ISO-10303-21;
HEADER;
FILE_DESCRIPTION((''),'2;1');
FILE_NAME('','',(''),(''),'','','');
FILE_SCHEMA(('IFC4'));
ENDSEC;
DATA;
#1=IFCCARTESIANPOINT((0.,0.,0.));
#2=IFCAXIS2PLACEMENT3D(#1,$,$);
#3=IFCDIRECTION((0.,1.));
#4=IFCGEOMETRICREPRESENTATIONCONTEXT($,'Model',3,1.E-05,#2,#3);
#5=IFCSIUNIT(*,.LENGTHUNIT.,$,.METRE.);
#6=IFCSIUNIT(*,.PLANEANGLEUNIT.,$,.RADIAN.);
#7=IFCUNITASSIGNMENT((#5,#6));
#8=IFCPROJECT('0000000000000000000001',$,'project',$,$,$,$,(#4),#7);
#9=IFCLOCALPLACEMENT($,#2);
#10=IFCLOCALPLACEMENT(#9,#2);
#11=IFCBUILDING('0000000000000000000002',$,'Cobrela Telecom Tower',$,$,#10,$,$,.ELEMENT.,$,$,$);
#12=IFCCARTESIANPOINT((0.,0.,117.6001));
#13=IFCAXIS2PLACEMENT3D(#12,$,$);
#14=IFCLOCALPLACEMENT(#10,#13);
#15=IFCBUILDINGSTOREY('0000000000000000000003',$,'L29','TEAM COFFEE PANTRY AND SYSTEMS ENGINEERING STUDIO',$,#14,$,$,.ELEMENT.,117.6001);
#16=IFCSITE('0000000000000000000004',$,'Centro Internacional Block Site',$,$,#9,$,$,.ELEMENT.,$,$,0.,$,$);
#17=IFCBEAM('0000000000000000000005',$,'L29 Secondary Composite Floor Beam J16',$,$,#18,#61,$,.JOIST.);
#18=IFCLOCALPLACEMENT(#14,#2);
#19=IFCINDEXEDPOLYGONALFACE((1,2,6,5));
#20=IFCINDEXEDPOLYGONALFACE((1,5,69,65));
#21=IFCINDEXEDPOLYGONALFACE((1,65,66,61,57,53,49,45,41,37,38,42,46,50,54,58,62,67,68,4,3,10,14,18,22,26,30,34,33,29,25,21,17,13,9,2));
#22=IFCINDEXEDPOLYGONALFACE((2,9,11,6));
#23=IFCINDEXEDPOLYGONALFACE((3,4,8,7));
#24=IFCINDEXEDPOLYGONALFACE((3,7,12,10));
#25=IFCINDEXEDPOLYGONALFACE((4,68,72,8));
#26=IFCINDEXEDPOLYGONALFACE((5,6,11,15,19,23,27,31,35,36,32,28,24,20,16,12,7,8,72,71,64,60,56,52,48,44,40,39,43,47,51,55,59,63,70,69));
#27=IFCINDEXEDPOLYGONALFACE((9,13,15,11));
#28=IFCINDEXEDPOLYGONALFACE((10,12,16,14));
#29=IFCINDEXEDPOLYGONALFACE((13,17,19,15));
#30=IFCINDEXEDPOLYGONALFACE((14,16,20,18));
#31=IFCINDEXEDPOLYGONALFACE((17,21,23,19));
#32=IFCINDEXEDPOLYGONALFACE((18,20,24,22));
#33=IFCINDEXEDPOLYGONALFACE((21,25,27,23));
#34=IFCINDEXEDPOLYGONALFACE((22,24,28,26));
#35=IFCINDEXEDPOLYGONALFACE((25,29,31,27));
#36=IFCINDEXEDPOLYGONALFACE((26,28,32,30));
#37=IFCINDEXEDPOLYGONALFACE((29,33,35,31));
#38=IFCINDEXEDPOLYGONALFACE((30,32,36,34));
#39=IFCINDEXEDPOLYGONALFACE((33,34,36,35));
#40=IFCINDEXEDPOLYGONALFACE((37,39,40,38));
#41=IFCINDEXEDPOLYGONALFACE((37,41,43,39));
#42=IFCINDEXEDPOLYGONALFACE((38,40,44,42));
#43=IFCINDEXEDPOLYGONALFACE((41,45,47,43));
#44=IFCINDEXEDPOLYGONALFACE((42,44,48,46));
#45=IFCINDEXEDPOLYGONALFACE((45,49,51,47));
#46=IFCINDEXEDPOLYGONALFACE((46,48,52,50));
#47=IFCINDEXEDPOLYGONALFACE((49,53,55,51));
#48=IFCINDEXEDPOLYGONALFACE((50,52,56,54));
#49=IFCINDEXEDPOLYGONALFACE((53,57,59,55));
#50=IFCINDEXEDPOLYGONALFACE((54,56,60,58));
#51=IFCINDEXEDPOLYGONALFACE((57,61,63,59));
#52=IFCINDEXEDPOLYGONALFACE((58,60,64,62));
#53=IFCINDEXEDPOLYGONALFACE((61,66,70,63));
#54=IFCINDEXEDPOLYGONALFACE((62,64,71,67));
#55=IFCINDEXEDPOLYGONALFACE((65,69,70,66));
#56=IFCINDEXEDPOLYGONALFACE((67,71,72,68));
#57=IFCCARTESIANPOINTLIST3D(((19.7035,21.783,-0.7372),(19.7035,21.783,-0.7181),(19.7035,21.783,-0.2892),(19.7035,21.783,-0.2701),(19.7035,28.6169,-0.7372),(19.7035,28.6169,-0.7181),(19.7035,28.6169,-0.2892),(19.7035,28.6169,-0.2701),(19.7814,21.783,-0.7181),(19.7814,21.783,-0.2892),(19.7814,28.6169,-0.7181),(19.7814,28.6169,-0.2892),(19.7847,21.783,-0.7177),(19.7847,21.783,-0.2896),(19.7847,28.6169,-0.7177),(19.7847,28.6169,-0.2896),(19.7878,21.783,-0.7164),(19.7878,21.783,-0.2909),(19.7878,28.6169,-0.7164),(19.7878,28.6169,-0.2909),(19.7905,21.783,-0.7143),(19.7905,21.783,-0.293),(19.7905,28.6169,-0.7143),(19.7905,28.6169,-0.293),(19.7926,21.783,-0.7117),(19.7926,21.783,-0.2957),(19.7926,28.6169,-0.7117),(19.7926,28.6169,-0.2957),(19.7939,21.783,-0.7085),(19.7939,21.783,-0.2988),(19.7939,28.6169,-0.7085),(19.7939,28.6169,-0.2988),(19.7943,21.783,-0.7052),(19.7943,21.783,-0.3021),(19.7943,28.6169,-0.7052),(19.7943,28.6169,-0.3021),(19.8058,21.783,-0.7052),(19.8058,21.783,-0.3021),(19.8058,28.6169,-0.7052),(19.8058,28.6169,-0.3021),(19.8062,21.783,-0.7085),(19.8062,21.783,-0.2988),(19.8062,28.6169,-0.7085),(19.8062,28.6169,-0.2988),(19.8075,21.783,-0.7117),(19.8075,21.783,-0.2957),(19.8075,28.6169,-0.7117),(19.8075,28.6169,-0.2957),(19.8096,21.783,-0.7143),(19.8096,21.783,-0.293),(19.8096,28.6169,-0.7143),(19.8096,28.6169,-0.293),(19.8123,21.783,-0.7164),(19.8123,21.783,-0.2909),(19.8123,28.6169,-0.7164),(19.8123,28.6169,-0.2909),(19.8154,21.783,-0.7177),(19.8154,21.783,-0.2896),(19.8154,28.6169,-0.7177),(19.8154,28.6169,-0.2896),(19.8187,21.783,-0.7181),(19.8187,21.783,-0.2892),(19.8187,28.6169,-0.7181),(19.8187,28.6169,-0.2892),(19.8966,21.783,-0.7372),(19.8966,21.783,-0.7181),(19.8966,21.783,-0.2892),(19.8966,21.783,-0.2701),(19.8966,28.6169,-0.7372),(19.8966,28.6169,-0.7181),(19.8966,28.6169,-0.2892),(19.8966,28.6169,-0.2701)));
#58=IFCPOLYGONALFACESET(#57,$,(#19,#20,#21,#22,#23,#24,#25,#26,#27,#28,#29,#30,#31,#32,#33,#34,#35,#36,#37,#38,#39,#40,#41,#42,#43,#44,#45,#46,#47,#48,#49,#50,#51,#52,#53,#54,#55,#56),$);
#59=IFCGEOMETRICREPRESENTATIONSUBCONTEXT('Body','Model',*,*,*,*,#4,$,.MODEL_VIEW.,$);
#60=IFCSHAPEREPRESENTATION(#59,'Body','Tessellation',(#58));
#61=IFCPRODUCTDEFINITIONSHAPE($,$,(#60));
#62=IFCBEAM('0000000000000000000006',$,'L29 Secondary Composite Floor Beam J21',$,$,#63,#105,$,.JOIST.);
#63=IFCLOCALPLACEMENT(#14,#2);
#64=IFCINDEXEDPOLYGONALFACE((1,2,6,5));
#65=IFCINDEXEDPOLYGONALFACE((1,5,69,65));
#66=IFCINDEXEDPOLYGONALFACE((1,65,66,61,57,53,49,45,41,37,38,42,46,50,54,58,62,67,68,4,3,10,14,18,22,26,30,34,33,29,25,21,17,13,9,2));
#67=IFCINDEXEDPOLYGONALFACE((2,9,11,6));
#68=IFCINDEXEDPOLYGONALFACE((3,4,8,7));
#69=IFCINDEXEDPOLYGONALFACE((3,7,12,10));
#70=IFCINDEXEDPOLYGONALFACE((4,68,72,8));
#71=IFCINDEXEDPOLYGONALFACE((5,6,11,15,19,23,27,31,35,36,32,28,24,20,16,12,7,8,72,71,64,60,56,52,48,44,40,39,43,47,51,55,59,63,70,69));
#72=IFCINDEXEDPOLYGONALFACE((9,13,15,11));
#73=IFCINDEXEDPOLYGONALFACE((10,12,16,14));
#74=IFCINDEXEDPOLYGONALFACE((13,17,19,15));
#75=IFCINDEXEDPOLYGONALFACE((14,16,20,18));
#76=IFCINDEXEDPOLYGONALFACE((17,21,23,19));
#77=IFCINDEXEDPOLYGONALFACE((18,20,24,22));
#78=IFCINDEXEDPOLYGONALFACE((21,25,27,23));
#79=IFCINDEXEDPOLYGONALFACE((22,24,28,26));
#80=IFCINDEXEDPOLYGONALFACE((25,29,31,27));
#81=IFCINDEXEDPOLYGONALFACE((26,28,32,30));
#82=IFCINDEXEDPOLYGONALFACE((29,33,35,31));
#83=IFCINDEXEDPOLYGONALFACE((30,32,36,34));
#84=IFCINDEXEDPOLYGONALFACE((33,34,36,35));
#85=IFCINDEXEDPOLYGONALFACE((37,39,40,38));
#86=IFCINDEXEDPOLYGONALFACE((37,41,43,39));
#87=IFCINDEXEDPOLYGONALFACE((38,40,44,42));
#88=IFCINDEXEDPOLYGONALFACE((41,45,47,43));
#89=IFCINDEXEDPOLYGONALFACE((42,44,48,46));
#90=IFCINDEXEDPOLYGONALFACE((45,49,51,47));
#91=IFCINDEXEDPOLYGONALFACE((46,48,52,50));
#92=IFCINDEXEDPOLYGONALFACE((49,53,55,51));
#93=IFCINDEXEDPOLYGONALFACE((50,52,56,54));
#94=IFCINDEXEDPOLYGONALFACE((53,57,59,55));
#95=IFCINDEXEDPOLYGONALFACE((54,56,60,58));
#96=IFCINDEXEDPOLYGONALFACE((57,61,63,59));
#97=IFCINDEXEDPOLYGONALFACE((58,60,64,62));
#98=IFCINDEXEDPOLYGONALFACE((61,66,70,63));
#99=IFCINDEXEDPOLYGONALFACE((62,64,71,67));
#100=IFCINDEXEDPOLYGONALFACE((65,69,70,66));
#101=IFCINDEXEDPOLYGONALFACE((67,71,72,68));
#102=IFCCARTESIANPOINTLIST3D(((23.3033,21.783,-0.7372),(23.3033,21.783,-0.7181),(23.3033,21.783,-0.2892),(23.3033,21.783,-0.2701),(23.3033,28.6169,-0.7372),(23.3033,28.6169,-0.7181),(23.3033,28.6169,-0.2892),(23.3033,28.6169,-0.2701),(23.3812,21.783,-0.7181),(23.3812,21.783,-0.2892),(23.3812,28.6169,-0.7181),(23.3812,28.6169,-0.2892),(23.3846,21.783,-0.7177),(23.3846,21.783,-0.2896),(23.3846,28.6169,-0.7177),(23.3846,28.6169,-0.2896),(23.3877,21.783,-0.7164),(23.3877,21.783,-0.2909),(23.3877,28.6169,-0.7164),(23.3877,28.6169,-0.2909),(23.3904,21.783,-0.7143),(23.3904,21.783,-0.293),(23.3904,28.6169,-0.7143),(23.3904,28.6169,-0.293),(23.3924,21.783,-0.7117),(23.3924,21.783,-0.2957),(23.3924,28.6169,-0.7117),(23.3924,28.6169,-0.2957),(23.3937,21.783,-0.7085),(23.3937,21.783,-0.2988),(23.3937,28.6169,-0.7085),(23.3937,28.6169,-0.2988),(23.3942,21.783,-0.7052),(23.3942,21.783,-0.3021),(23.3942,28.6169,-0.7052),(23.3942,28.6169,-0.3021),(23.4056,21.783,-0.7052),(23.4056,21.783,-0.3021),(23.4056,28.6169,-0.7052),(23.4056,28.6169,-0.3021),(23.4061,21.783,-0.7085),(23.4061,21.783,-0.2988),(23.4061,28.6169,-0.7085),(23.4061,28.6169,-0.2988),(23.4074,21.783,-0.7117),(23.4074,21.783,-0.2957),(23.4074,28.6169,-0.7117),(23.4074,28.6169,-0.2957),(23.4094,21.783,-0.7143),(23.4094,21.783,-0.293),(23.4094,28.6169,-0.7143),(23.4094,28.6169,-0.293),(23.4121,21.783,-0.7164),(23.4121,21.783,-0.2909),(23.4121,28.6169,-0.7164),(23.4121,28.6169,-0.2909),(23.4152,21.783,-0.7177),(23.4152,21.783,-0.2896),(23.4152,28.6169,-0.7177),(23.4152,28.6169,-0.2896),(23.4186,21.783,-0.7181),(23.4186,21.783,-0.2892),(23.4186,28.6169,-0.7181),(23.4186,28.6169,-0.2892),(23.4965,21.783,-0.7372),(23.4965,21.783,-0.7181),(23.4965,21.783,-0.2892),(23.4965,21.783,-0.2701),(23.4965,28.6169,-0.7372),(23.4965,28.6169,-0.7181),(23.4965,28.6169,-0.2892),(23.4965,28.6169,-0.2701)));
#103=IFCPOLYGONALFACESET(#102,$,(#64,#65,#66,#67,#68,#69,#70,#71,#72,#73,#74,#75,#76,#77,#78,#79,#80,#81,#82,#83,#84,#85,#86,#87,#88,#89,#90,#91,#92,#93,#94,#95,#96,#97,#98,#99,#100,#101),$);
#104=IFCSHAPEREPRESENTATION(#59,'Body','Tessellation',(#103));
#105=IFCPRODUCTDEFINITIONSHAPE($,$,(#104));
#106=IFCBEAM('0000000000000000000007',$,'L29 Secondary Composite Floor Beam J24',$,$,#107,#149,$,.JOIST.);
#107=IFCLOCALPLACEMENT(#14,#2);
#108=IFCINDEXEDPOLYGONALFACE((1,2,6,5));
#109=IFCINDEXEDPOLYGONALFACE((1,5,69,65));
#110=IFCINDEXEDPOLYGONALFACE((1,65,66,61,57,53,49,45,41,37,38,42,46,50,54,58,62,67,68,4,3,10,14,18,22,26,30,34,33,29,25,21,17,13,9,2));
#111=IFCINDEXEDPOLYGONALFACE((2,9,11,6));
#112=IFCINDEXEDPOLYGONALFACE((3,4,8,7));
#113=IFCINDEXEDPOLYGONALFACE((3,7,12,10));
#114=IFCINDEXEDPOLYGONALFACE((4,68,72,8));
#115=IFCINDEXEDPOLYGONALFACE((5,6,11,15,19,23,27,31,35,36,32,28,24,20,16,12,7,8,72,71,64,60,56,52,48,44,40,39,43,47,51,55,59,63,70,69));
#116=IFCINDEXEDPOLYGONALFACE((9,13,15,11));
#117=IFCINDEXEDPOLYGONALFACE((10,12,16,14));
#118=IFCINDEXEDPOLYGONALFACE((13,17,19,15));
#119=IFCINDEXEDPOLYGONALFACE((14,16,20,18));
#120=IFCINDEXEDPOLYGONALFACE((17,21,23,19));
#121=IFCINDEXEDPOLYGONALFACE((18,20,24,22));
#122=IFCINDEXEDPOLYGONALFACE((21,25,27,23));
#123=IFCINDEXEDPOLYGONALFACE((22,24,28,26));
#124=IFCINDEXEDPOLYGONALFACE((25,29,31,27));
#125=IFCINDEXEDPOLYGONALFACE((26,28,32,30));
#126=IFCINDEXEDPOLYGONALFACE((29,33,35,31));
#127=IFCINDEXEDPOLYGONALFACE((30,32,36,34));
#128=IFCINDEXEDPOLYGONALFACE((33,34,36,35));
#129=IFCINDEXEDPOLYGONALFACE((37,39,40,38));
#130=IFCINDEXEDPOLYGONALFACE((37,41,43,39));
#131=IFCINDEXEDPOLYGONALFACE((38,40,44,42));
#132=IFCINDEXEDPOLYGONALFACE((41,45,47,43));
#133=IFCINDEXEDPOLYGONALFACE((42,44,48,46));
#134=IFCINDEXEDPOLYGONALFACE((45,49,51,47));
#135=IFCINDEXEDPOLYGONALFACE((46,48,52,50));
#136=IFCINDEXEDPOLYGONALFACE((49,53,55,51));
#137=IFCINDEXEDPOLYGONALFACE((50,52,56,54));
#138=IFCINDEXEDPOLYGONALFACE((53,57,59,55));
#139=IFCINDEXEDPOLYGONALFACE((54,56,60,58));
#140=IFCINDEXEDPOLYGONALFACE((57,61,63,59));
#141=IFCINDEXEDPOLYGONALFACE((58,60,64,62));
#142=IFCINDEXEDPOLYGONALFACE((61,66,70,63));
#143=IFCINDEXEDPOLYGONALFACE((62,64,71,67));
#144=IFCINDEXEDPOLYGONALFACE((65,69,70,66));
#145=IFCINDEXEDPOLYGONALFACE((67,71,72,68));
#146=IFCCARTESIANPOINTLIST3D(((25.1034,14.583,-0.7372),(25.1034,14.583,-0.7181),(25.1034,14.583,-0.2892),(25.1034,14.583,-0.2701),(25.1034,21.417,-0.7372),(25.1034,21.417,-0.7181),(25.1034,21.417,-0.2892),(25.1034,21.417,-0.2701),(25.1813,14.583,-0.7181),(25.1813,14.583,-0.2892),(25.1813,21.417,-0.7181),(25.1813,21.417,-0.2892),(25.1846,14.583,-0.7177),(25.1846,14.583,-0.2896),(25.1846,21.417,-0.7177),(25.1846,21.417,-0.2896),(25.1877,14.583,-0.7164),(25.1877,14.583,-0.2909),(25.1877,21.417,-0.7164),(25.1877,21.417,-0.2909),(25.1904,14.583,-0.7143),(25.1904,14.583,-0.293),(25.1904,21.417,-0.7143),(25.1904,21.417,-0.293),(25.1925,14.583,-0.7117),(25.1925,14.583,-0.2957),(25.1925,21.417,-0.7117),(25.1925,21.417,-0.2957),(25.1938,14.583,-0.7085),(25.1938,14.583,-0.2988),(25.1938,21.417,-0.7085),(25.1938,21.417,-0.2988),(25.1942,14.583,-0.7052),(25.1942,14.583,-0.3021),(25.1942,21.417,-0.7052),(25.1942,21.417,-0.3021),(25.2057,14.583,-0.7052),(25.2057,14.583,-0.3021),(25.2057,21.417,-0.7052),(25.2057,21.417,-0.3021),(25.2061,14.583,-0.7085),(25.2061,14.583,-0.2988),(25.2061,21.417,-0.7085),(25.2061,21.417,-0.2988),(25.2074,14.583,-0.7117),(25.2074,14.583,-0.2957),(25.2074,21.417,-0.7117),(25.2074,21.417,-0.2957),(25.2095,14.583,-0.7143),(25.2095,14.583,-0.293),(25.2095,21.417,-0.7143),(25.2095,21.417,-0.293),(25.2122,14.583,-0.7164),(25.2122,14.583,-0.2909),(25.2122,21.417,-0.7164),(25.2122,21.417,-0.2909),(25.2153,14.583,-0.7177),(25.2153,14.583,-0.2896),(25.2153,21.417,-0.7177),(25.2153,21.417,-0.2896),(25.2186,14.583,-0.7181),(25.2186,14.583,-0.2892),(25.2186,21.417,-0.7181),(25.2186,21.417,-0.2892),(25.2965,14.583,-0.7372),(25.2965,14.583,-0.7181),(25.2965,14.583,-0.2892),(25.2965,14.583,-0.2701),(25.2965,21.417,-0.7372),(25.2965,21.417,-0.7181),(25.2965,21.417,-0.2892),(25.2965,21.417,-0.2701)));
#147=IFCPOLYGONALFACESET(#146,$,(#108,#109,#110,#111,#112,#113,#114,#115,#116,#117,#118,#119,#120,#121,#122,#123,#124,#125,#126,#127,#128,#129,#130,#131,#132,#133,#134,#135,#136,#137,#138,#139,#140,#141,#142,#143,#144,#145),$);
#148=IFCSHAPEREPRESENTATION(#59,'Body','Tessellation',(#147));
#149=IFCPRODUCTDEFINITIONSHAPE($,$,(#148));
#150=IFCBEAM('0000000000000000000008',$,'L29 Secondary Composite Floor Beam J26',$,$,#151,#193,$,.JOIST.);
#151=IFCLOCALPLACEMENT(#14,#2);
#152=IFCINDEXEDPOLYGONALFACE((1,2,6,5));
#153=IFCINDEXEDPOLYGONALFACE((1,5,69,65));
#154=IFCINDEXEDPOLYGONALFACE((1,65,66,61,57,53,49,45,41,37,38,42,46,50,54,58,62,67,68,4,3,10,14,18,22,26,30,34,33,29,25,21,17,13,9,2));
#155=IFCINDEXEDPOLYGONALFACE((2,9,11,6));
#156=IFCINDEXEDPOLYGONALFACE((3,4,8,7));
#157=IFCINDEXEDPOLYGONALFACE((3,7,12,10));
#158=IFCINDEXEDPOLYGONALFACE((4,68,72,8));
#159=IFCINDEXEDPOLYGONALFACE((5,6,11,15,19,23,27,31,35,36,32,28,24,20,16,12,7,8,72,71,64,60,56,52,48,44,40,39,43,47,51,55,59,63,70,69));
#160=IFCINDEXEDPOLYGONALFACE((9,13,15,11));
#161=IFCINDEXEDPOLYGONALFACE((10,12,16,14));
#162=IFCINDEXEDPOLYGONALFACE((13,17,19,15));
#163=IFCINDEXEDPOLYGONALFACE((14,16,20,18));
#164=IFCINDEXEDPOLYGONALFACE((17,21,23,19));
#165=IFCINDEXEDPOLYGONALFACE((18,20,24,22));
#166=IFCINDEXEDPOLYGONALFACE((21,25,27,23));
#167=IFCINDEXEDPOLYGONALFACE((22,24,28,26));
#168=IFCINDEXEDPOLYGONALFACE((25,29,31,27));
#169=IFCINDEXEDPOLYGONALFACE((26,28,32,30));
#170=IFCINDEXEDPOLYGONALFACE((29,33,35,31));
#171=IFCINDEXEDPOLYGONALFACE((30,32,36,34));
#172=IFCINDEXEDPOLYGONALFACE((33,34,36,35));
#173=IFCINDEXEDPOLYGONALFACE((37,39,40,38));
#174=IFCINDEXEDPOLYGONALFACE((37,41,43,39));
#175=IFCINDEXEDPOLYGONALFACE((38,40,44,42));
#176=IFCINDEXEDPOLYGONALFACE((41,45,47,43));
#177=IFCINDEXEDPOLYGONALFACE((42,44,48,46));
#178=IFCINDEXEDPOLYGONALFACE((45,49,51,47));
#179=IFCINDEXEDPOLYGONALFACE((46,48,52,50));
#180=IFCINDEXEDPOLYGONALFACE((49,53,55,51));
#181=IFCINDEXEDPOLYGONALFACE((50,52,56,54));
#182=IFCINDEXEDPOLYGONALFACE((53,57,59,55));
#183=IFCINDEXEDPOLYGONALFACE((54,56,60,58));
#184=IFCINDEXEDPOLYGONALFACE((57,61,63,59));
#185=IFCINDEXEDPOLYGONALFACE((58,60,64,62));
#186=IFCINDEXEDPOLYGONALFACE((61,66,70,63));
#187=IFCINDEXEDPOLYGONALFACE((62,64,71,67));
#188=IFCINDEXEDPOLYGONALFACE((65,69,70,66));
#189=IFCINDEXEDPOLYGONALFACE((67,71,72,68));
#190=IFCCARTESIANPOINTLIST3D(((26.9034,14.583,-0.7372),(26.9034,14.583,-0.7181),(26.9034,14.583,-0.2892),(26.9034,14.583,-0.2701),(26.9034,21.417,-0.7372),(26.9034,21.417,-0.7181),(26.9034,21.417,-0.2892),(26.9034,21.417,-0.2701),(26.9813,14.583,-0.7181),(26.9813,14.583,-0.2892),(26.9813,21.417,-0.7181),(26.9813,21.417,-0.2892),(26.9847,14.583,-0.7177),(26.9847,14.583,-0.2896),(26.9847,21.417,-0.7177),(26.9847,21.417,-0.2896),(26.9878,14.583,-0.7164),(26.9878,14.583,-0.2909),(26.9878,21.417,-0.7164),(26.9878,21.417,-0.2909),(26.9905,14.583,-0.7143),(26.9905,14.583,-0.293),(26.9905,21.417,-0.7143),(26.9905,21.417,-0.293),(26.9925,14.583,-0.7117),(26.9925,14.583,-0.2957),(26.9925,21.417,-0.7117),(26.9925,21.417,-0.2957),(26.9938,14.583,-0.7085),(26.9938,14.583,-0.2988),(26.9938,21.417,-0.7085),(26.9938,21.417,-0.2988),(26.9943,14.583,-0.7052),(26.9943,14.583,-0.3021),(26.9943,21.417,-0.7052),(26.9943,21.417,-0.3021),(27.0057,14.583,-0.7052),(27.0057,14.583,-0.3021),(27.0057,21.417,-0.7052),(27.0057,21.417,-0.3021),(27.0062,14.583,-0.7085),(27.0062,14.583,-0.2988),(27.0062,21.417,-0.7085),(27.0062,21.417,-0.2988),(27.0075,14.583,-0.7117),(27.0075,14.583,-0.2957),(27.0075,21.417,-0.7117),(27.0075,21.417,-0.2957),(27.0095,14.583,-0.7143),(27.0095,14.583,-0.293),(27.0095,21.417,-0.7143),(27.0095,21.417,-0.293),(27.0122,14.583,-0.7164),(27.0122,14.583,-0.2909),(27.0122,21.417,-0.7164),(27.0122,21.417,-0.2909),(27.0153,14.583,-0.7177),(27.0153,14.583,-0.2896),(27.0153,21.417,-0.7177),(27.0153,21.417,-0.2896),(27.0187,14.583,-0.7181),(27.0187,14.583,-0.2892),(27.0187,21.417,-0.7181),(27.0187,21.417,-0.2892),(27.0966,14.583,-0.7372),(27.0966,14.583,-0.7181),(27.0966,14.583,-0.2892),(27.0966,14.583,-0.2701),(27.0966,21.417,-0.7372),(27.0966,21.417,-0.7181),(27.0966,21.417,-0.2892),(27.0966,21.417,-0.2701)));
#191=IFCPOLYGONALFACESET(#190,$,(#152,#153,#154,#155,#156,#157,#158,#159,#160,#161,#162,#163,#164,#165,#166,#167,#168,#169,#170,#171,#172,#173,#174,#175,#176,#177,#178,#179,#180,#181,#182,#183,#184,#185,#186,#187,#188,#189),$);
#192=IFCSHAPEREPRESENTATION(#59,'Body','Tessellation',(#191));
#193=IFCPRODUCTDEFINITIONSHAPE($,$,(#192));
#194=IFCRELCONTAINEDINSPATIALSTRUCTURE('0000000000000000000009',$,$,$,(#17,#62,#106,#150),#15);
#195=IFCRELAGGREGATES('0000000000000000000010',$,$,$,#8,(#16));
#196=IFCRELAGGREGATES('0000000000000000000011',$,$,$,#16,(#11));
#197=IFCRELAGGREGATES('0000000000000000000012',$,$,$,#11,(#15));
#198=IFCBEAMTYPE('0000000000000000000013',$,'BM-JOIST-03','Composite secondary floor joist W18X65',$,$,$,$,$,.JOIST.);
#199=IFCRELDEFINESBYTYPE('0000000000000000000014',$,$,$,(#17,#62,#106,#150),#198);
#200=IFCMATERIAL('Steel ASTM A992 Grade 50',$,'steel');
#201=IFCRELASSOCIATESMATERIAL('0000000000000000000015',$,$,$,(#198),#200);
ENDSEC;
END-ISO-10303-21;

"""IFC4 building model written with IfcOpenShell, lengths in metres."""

from ifc_helpers import new_model, si_unit, direction, frame, origin, origin_2d, place, context, subcontext, project, spatial, i_section, extrude, material, material_profile, profile_set, type_object, element, save


model = new_model("IFC4")

# Units and contexts
model_context = context("Model", 3, precision=1e-05, world=origin(), true_north=direction((0.0, 1.0)))
body_context = subcontext(model_context, "Body", "Model", "MODEL_VIEW")
ifc_project = project(units=[si_unit("LENGTHUNIT", "METRE"), si_unit("PLANEANGLEUNIT", "RADIAN")], contexts=[model_context])

# Site, building, storey
site_placement = place(None, origin())
site = spatial("IfcSite", under=ifc_project, at=site_placement, Name="Centro Internacional Block Site", CompositionType="ELEMENT", RefElevation=0.0)
building_placement = place(site_placement, origin())
building = spatial("IfcBuilding", under=site, at=building_placement, Name="Cobrela Telecom Tower", CompositionType="ELEMENT")
storey_placement = place(building_placement, frame((0.0, 0.0, 117.6001)))
storey = spatial("IfcBuildingStorey", under=building, at=storey_placement, Name="L29", Description="TEAM COFFEE PANTRY AND SYSTEMS ENGINEERING STUDIO", CompositionType="ELEMENT", Elevation=117.6001)

# Shared definitions
ifc_material_1 = material(Name="Steel ASTM A992 Grade 50", Category="steel")

# Beams
ifc_material_profile_1 = material_profile(ifc_material_1, i_section(OverallWidth=0.1931, OverallDepth=0.467, WebThickness=0.0115, FlangeThickness=0.019, FilletRadius=0.0129, at=origin_2d()), Name="W18X65")
ifc_profile_set_1 = profile_set([ifc_material_profile_1], Name="Steel ASTM A992 Grade 50")
beam_type_1 = type_object("IfcBeamType", Name="BM-JOIST-03", Description="Composite secondary floor joist W18X65", PredefinedType="JOIST", material=ifc_profile_set_1)
for number, where, z_axis, x_axis, name in (
    (1, (19.8, 21.783, -0.5037), (0.0, 1.0, 0.0), (-1.0, 0.0, 0.0), "L29 Secondary Composite Floor Beam J16"),
    (2, (23.3999, 21.783, -0.5037), (0.0, 1.0, 0.0), (-1.0, 0.0, 0.0), "L29 Secondary Composite Floor Beam J21"),
    (3, (25.2, 14.583, -0.5037), (0.0, 1.0, 0.0), (-1.0, 0.0, 0.0), "L29 Secondary Composite Floor Beam J24"),
    (4, (27.0, 14.583, -0.5037), (0.0, 1.0, 0.0), (-1.0, 0.0, 0.0), "L29 Secondary Composite Floor Beam J26"),
):
    element("IfcBeam", number, at=place(storey_placement, frame(where, z_axis=z_axis, x_axis=x_axis)), inside=storey, type_object=beam_type_1, Name=name, PredefinedType="JOIST", context=body_context, shape_type="SweptSolid", body=[
        extrude(i_section(OverallWidth=0.1931, OverallDepth=0.467, WebThickness=0.0115, FlangeThickness=0.019, FilletRadius=0.0129, at=origin_2d()), origin(), (0.0, 0.0, 1.0), 6.834),
    ])

save(model, "model.ifc")
